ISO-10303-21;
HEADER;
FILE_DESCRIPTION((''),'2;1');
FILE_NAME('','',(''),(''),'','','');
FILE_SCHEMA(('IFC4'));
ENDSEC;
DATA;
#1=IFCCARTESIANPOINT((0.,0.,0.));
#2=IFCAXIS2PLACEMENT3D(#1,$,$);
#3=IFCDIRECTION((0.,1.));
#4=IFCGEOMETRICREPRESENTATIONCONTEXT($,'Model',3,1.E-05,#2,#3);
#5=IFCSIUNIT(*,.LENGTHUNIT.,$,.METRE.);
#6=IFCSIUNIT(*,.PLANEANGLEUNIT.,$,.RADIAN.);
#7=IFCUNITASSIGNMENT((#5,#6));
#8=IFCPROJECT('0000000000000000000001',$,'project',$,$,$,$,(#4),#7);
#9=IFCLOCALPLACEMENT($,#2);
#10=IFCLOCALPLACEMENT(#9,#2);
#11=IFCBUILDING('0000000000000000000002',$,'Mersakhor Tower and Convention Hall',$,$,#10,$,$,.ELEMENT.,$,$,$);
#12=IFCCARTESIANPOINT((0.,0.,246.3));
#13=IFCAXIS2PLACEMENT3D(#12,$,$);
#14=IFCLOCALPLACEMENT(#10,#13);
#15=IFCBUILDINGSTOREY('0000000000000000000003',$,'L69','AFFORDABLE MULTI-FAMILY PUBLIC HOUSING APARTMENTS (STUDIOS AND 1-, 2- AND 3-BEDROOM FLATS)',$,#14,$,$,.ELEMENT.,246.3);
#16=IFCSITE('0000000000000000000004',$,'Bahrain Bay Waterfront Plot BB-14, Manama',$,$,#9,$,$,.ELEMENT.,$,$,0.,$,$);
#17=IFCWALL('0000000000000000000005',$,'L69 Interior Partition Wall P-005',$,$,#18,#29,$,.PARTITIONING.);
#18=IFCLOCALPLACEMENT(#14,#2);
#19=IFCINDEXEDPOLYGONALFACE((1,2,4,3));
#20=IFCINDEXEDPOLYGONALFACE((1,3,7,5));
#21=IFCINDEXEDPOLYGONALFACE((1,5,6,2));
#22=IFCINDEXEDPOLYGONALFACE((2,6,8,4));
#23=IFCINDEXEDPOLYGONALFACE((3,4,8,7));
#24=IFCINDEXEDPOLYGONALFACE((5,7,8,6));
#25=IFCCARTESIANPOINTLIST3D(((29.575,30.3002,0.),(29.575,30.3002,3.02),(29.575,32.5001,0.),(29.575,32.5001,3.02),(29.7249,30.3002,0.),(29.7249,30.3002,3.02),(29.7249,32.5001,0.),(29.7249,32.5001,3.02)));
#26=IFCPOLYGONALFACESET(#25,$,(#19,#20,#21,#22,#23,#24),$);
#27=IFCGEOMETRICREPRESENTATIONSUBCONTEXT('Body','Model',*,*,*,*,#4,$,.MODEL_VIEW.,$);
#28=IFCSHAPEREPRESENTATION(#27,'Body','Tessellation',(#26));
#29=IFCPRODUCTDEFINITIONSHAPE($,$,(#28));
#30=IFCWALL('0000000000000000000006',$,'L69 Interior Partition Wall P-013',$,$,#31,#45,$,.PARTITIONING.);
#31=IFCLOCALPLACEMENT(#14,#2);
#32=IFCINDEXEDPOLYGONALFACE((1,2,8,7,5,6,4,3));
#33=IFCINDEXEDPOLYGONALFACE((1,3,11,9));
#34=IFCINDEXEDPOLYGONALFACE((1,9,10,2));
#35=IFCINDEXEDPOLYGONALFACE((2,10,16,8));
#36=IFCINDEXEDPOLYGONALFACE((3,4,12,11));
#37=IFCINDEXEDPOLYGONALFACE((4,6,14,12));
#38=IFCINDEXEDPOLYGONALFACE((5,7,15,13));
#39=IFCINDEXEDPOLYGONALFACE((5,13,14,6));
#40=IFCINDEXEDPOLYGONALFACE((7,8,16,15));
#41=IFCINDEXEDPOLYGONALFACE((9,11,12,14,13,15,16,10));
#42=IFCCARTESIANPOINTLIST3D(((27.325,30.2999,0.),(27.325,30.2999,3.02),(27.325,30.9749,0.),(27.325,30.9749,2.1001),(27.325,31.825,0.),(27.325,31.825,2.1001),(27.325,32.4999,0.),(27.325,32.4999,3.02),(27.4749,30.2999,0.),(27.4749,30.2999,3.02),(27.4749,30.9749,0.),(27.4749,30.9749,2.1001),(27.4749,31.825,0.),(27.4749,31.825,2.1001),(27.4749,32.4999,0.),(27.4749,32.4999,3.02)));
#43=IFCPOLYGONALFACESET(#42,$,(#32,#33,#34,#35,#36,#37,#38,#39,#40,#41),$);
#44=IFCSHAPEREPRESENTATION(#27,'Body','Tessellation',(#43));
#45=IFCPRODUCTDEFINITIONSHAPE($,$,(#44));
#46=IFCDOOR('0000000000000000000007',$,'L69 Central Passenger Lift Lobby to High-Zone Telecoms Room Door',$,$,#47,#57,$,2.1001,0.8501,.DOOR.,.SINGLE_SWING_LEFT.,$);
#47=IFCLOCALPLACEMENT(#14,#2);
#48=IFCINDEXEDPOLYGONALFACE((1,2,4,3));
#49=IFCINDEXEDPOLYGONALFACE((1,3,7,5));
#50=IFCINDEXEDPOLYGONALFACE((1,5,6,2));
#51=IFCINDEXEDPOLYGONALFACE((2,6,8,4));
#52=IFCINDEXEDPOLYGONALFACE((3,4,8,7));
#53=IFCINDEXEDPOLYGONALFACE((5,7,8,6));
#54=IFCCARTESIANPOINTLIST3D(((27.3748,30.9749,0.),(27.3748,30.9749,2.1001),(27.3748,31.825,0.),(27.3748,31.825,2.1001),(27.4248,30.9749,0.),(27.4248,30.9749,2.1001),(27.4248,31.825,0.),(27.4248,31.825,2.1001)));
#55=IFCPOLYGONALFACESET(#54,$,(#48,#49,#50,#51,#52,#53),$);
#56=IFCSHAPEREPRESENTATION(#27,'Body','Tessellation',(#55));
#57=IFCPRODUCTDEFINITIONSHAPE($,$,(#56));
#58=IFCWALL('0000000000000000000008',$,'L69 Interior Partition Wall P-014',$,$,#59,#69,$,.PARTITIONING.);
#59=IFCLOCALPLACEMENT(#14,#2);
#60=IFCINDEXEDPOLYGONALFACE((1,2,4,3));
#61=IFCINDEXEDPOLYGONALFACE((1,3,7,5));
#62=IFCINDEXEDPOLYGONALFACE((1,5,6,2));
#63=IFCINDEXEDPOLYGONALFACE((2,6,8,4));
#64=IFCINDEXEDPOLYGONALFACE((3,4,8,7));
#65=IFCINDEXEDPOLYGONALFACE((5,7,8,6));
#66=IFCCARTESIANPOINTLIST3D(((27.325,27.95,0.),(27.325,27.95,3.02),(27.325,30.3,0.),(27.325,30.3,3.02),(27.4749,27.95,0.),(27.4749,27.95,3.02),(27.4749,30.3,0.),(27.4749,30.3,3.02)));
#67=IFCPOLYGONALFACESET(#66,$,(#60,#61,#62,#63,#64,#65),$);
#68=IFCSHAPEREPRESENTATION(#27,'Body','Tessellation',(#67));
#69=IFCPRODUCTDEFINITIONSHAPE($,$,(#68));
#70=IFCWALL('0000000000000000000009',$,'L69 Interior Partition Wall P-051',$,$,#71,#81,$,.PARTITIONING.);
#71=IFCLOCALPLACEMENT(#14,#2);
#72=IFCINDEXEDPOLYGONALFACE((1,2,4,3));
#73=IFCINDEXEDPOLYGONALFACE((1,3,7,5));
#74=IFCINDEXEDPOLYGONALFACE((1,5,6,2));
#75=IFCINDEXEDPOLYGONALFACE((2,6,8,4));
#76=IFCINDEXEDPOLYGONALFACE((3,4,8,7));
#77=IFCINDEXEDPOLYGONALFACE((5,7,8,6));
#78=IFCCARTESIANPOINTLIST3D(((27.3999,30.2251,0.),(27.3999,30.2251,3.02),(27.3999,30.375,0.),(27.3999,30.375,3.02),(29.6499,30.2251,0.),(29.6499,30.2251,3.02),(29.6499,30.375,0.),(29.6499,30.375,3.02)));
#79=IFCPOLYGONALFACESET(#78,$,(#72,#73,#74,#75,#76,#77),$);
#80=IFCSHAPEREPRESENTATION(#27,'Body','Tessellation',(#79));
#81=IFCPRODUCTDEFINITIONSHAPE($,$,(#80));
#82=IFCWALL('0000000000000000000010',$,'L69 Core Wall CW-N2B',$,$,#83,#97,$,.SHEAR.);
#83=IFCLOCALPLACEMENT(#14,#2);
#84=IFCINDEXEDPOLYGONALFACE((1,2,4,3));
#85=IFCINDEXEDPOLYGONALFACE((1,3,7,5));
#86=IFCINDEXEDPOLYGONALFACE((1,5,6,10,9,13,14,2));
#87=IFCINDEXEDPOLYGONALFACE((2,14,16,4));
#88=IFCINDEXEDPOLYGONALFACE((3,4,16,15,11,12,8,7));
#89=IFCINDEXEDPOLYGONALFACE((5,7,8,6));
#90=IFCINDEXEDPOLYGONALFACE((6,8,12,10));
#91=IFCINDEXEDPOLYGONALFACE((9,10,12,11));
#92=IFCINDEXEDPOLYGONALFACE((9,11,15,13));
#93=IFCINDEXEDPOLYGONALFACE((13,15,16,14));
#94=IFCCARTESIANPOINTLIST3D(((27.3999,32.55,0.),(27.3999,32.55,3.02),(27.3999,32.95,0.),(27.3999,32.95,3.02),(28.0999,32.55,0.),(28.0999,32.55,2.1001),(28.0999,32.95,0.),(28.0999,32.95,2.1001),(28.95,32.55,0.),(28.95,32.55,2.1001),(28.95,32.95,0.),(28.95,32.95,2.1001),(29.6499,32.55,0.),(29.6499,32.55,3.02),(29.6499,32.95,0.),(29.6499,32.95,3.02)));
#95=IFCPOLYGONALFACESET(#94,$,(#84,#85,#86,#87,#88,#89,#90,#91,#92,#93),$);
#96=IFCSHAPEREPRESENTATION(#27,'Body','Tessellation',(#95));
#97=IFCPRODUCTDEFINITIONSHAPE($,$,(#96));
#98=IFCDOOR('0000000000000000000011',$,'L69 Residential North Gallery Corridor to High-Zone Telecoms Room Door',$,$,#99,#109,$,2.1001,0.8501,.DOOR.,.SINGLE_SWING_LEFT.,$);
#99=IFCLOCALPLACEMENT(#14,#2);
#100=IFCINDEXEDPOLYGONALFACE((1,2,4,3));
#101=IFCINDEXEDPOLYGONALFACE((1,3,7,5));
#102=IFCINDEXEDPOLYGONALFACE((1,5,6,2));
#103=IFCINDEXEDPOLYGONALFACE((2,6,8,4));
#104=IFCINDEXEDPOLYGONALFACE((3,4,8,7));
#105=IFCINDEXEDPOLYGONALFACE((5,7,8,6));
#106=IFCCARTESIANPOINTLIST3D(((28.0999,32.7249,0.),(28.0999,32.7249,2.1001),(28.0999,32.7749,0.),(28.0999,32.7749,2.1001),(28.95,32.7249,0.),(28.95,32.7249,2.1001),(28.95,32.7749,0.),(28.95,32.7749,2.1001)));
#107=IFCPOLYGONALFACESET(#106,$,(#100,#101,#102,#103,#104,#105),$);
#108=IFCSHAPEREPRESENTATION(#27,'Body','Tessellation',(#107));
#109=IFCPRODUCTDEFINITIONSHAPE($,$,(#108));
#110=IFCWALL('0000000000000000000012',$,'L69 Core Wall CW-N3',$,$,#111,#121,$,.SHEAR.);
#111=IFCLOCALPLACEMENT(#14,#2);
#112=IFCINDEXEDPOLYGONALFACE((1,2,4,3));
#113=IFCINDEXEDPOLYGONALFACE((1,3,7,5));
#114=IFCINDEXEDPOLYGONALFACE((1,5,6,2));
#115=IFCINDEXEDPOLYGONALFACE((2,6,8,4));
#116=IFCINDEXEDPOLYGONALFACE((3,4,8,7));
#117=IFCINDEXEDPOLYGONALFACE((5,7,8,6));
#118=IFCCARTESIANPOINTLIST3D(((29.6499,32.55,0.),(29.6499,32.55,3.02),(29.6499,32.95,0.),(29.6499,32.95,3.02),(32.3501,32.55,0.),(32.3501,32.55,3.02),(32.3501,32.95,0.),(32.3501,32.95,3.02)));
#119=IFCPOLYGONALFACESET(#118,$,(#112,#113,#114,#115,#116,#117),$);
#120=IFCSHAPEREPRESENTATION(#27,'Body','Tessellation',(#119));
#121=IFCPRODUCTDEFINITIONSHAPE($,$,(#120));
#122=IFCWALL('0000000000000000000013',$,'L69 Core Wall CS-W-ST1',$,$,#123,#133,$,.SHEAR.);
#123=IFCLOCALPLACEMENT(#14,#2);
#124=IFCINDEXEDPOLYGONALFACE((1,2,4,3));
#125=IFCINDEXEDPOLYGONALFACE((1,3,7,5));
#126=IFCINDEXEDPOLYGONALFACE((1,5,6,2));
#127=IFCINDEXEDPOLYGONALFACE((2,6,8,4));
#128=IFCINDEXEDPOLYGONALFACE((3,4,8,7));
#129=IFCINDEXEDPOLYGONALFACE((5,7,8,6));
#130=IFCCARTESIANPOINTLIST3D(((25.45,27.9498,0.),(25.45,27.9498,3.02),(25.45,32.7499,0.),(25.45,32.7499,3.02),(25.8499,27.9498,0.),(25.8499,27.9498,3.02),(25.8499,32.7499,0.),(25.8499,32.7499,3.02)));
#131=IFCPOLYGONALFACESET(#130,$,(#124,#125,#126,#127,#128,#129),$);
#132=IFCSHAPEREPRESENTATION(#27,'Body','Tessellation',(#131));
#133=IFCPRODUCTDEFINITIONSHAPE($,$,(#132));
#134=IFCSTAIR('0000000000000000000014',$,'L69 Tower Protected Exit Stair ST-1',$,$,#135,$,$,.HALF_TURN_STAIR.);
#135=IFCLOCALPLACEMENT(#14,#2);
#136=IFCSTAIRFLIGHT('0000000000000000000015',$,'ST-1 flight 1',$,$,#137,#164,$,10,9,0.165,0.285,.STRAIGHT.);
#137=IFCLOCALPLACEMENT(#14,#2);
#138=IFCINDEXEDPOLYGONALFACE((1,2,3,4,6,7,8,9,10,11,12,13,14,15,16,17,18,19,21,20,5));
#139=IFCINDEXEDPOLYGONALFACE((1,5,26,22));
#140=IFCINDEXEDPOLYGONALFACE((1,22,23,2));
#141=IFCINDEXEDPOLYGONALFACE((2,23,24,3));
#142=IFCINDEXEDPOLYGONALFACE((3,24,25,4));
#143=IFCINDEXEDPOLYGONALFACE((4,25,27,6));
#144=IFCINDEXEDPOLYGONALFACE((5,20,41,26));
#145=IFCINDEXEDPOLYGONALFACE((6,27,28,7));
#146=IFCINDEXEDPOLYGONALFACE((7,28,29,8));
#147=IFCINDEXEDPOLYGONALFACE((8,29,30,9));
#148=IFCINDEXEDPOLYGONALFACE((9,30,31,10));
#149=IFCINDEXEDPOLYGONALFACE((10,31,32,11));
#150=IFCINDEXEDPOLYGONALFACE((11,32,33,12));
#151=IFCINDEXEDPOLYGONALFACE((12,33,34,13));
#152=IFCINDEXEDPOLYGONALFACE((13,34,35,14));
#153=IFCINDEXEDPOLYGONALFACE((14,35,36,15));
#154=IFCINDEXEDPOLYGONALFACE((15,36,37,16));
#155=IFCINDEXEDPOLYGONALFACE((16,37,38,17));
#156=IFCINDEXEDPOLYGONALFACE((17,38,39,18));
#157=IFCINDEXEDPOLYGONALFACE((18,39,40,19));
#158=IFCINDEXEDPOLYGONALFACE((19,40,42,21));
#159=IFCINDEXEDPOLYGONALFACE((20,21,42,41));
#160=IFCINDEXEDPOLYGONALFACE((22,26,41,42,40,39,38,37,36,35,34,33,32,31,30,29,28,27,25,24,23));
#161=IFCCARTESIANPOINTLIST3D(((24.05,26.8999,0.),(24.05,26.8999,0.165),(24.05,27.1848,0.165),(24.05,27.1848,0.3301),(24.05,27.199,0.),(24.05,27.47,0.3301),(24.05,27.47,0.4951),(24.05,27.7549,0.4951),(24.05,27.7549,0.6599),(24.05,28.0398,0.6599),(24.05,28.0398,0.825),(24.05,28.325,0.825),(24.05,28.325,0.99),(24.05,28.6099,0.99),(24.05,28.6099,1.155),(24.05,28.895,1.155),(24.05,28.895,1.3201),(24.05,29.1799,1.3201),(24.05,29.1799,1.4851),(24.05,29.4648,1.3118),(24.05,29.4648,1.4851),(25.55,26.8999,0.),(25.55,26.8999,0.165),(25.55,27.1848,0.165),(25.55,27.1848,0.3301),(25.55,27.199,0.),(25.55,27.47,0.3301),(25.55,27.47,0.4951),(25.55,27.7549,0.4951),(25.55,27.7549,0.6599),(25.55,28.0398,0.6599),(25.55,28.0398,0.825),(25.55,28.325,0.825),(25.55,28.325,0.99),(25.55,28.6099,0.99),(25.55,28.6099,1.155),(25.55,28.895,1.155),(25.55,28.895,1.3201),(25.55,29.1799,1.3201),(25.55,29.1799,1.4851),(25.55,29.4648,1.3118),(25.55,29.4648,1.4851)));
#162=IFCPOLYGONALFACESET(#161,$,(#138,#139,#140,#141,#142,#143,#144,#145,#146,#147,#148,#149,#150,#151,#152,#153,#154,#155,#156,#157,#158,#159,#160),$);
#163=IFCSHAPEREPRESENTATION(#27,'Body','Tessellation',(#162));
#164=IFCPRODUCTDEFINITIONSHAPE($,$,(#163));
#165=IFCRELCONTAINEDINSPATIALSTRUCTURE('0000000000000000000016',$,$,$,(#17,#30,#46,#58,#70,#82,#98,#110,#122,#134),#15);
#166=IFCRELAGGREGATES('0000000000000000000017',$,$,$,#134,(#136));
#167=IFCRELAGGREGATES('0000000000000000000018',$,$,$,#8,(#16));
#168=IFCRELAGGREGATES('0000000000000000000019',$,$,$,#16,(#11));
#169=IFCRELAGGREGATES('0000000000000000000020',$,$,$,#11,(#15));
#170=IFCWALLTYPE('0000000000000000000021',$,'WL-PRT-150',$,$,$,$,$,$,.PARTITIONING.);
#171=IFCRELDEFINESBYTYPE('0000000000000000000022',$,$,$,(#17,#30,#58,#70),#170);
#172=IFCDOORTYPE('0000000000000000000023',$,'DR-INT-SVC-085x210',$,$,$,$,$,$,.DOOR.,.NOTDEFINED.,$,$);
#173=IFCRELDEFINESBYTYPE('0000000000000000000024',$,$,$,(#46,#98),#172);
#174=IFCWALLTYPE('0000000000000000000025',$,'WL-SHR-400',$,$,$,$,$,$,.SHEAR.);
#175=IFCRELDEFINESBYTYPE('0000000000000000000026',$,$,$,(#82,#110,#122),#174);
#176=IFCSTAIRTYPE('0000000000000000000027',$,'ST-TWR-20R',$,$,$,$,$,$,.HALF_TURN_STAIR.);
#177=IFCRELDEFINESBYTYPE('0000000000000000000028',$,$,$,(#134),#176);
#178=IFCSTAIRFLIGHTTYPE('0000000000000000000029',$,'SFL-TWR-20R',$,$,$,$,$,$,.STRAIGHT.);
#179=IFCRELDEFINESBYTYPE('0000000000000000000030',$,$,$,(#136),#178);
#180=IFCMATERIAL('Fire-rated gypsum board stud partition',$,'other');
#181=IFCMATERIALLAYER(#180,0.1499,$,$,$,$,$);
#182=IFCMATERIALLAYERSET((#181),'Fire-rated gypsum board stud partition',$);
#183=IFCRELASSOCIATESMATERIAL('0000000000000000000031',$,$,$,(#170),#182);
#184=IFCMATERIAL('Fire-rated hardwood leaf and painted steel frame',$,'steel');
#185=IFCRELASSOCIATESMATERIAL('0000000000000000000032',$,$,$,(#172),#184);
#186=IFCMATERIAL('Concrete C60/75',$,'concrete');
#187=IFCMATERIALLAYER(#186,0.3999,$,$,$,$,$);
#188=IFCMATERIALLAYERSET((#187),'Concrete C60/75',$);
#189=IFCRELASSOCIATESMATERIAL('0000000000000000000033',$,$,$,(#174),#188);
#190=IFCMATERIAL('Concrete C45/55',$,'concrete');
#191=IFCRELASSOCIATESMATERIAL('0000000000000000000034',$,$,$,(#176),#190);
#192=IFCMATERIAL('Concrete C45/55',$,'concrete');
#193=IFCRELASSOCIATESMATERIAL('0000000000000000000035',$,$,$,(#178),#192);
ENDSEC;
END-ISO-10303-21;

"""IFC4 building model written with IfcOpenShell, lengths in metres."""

from ifc_helpers import new_model, si_unit, direction, frame, frame_2d, origin, place, context, subcontext, project, spatial, polyline, rectangle, outline, extrude, material, layer, layer_set, type_object, element, fill, aggregate, save


model = new_model("IFC4")

# Units and contexts
model_context = context("Model", 3, precision=1e-05, world=origin(), true_north=direction((0.0, 1.0)))
body_context = subcontext(model_context, "Body", "Model", "MODEL_VIEW")
ifc_project = project(units=[si_unit("LENGTHUNIT", "METRE"), si_unit("PLANEANGLEUNIT", "RADIAN")], contexts=[model_context])

# Site, building, storey
site_placement = place(None, origin())
site = spatial("IfcSite", under=ifc_project, at=site_placement, Name="Bahrain Bay Waterfront Plot BB-14, Manama", CompositionType="ELEMENT", RefElevation=0.0)
building_placement = place(site_placement, origin())
building = spatial("IfcBuilding", under=site, at=building_placement, Name="Mersakhor Tower and Convention Hall", CompositionType="ELEMENT")
storey_placement = place(building_placement, frame((0.0, 0.0, 246.3)))
storey = spatial("IfcBuildingStorey", under=building, at=storey_placement, Name="L69", Description="AFFORDABLE MULTI-FAMILY PUBLIC HOUSING APARTMENTS (STUDIOS AND 1-, 2- AND 3-BEDROOM FLATS)", CompositionType="ELEMENT", Elevation=246.3)

# Wall
ifc_material_1 = material(Name="Fire-rated gypsum board stud partition", Category="other")
ifc_layer_1 = layer(ifc_material_1, 0.1499)
ifc_layer_set_1 = layer_set([ifc_layer_1], Name="Fire-rated gypsum board stud partition")
wall_type_1 = type_object("IfcWallType", Name="WL-PRT-150", PredefinedType="PARTITIONING", material=ifc_layer_set_1)
wall_1_placement = place(storey_placement, frame((29.6499, 30.3, 0.0), z_axis=(0.0, 0.0, 1.0), x_axis=(0.0, 1.0, 0.0)))
element("IfcWall", 1, at=wall_1_placement, inside=storey, type_object=wall_type_1, Name="L69 Interior Partition Wall P-005", PredefinedType="PARTITIONING", context=body_context, shape_type="SweptSolid", body=[
    extrude(rectangle(XDim=2.2, YDim=0.1499, at=frame_2d((1.1001, 0.0))), origin(), (0.0, 0.0, 1.0), 3.02),
])

# Wall, opening, door
wall_2_placement = place(storey_placement, frame((27.3999, 32.5, 0.0), z_axis=(0.0, 0.0, 1.0), x_axis=(0.0, -1.0, 0.0)))
wall_2 = element("IfcWall", 2, at=wall_2_placement, inside=storey, type_object=wall_type_1, Name="L69 Interior Partition Wall P-013", PredefinedType="PARTITIONING", context=body_context, shape_type="SweptSolid", body=[
    extrude(rectangle(XDim=2.2, YDim=0.1499, at=frame_2d((1.1001, 0.0))), origin(), (0.0, 0.0, 1.0), 3.02),
])
opening_1_placement = place(wall_2_placement, frame((0.675, 0.0, 0.0)))
opening_1 = element("IfcOpeningElement", 3, at=opening_1_placement, cuts=wall_2, PredefinedType="OPENING", context=body_context, shape_type="SweptSolid", body=[
    extrude(rectangle(XDim=0.8501, YDim=2.1001, at=frame_2d((0.425, 1.05))), frame((0.0, 0.085, 0.0), z_axis=(0.0, -1.0, 0.0), x_axis=(1.0, 0.0, 0.0)), (0.0, 0.0, 1.0), 0.1699),
])
ifc_material_2 = material(Name="Fire-rated hardwood leaf and painted steel frame", Category="steel")
door_type_1 = type_object("IfcDoorType", Name="DR-INT-SVC-085x210", OperationType="NOTDEFINED", PredefinedType="DOOR", material=ifc_material_2)
door_1_placement = place(opening_1_placement, origin())
door_1 = element("IfcDoor", 4, at=door_1_placement, inside=storey, type_object=door_type_1, Name="L69 Central Passenger Lift Lobby to High-Zone Telecoms Room Door", OperationType="SINGLE_SWING_LEFT", OverallHeight=2.1001, OverallWidth=0.8501, PredefinedType="DOOR", context=body_context, shape_type="SweptSolid", body=[
    extrude(rectangle(XDim=0.8501, YDim=2.1001, at=frame_2d((0.425, 1.05))), frame((0.0, 0.0249, 0.0), z_axis=(0.0, -1.0, 0.0), x_axis=(1.0, 0.0, 0.0)), (0.0, 0.0, 1.0), 0.05),
])
fill(opening_1, door_1)

# Wall
wall_3_placement = place(storey_placement, frame((27.3999, 30.3, 0.0), z_axis=(0.0, 0.0, 1.0), x_axis=(0.0, -1.0, 0.0)))
element("IfcWall", 5, at=wall_3_placement, inside=storey, type_object=wall_type_1, Name="L69 Interior Partition Wall P-014", PredefinedType="PARTITIONING", context=body_context, shape_type="SweptSolid", body=[
    extrude(rectangle(XDim=2.3501, YDim=0.1499, at=frame_2d((1.175, 0.0))), origin(), (0.0, 0.0, 1.0), 3.02),
])

# Wall
wall_4_placement = place(storey_placement, frame((27.3999, 30.3, 0.0), z_axis=(0.0, 0.0, 1.0), x_axis=(1.0, 0.0, 0.0)))
element("IfcWall", 6, at=wall_4_placement, inside=storey, type_object=wall_type_1, Name="L69 Interior Partition Wall P-051", PredefinedType="PARTITIONING", context=body_context, shape_type="SweptSolid", body=[
    extrude(rectangle(XDim=2.25, YDim=0.1499, at=frame_2d((1.125, 0.0))), origin(), (0.0, 0.0, 1.0), 3.02),
])

# Wall, opening, door
ifc_material_3 = material(Name="Concrete C60/75", Category="concrete")
ifc_layer_2 = layer(ifc_material_3, 0.3999)
ifc_layer_set_2 = layer_set([ifc_layer_2], Name="Concrete C60/75")
wall_type_2 = type_object("IfcWallType", Name="WL-SHR-400", PredefinedType="SHEAR", material=ifc_layer_set_2)
wall_5_placement = place(storey_placement, frame((27.3999, 32.75, 0.0), z_axis=(0.0, 0.0, 1.0), x_axis=(1.0, 0.0, 0.0)))
wall_5 = element("IfcWall", 7, at=wall_5_placement, inside=storey, type_object=wall_type_2, Name="L69 Core Wall CW-N2B", PredefinedType="SHEAR", context=body_context, shape_type="SweptSolid", body=[
    extrude(rectangle(XDim=2.25, YDim=0.3999, at=frame_2d((1.125, 0.0))), origin(), (0.0, 0.0, 1.0), 3.02),
])
opening_2_placement = place(wall_5_placement, frame((0.7, 0.0, 0.0)))
opening_2 = element("IfcOpeningElement", 8, at=opening_2_placement, cuts=wall_5, PredefinedType="OPENING", context=body_context, shape_type="SweptSolid", body=[
    extrude(rectangle(XDim=0.8501, YDim=2.1001, at=frame_2d((0.425, 1.05))), frame((0.0, 0.21, 0.0), z_axis=(0.0, -1.0, 0.0), x_axis=(1.0, 0.0, 0.0)), (0.0, 0.0, 1.0), 0.4199),
])
door_2_placement = place(opening_2_placement, origin())
door_2 = element("IfcDoor", 9, at=door_2_placement, inside=storey, type_object=door_type_1, Name="L69 Residential North Gallery Corridor to High-Zone Telecoms Room Door", OperationType="SINGLE_SWING_LEFT", OverallHeight=2.1001, OverallWidth=0.8501, PredefinedType="DOOR", context=body_context, shape_type="SweptSolid", body=[
    extrude(rectangle(XDim=0.8501, YDim=2.1001, at=frame_2d((0.425, 1.05))), frame((0.0, 0.0249, 0.0), z_axis=(0.0, -1.0, 0.0), x_axis=(1.0, 0.0, 0.0)), (0.0, 0.0, 1.0), 0.05),
])
fill(opening_2, door_2)

# Walls
wall_6_placement = place(storey_placement, frame((29.6499, 32.75, 0.0), z_axis=(0.0, 0.0, 1.0), x_axis=(1.0, 0.0, 0.0)))
element("IfcWall", 10, at=wall_6_placement, inside=storey, type_object=wall_type_2, Name="L69 Core Wall CW-N3", PredefinedType="SHEAR", context=body_context, shape_type="SweptSolid", body=[
    extrude(rectangle(XDim=2.7002, YDim=0.3999, at=frame_2d((1.3501, 0.0))), origin(), (0.0, 0.0, 1.0), 3.02),
])
wall_7_placement = place(storey_placement, frame((25.6499, 27.95, 0.0), z_axis=(0.0, 0.0, 1.0), x_axis=(0.0, 1.0, 0.0)))
element("IfcWall", 11, at=wall_7_placement, inside=storey, type_object=wall_type_2, Name="L69 Core Wall CS-W-ST1", PredefinedType="SHEAR", context=body_context, shape_type="SweptSolid", body=[
    extrude(rectangle(XDim=4.8, YDim=0.3999, at=frame_2d((2.3999, 0.0))), origin(), (0.0, 0.0, 1.0), 3.02),
])

# Stair, stair flight
ifc_material_4 = material(Name="Concrete C45/55", Category="concrete")
stair_type = type_object("IfcStairType", Name="ST-TWR-20R", PredefinedType="HALF_TURN_STAIR", material=ifc_material_4)
stair_placement = place(storey_placement, origin())
stair = element("IfcStair", 12, at=stair_placement, inside=storey, type_object=stair_type, Name="L69 Tower Protected Exit Stair ST-1", PredefinedType="HALF_TURN_STAIR")
ifc_material_5 = material(Name="Concrete C45/55", Category="concrete")
stair_flight_type = type_object("IfcStairFlightType", Name="SFL-TWR-20R", PredefinedType="STRAIGHT", material=ifc_material_5)
stair_flight_placement = place(storey_placement, frame((24.8, 26.8999, 0.0), z_axis=(0.0, 0.0, 1.0), x_axis=(0.0, 1.0, 0.0)))
stair_flight = element("IfcStairFlight", 13, at=stair_flight_placement, type_object=stair_flight_type, Name="ST-1 flight 1", NumberOfRisers=10, NumberOfTreads=9, PredefinedType="STRAIGHT", RiserHeight=0.165, TreadLength=0.285, context=body_context, shape_type="SweptSolid", body=[
    extrude(outline(polyline([(0.0, 0.0), (0.0, 0.165), (0.2849, 0.165), (0.2849, 0.3301), (0.5701, 0.3301), (0.5701, 0.4951), (0.855, 0.4951), (0.855, 0.6599), (1.1399, 0.6599), (1.1399, 0.825), (1.425, 0.825), (1.425, 0.99), (1.71, 0.99), (1.71, 1.155), (1.9951, 1.155), (1.9951, 1.3201), (2.28, 1.3201), (2.28, 1.4851), (2.5649, 1.4851), (2.5649, 1.6499), (2.5649, 1.3118), (0.2991, 0.0), (0.0, 0.0)])), frame((0.0, 0.75, 0.0), z_axis=(0.0, -1.0, 0.0), x_axis=(1.0, 0.0, 0.0)), (0.0, 0.0, 1.0), 1.5),
])
aggregate(stair, [stair_flight])

save(model, "model.ifc")
